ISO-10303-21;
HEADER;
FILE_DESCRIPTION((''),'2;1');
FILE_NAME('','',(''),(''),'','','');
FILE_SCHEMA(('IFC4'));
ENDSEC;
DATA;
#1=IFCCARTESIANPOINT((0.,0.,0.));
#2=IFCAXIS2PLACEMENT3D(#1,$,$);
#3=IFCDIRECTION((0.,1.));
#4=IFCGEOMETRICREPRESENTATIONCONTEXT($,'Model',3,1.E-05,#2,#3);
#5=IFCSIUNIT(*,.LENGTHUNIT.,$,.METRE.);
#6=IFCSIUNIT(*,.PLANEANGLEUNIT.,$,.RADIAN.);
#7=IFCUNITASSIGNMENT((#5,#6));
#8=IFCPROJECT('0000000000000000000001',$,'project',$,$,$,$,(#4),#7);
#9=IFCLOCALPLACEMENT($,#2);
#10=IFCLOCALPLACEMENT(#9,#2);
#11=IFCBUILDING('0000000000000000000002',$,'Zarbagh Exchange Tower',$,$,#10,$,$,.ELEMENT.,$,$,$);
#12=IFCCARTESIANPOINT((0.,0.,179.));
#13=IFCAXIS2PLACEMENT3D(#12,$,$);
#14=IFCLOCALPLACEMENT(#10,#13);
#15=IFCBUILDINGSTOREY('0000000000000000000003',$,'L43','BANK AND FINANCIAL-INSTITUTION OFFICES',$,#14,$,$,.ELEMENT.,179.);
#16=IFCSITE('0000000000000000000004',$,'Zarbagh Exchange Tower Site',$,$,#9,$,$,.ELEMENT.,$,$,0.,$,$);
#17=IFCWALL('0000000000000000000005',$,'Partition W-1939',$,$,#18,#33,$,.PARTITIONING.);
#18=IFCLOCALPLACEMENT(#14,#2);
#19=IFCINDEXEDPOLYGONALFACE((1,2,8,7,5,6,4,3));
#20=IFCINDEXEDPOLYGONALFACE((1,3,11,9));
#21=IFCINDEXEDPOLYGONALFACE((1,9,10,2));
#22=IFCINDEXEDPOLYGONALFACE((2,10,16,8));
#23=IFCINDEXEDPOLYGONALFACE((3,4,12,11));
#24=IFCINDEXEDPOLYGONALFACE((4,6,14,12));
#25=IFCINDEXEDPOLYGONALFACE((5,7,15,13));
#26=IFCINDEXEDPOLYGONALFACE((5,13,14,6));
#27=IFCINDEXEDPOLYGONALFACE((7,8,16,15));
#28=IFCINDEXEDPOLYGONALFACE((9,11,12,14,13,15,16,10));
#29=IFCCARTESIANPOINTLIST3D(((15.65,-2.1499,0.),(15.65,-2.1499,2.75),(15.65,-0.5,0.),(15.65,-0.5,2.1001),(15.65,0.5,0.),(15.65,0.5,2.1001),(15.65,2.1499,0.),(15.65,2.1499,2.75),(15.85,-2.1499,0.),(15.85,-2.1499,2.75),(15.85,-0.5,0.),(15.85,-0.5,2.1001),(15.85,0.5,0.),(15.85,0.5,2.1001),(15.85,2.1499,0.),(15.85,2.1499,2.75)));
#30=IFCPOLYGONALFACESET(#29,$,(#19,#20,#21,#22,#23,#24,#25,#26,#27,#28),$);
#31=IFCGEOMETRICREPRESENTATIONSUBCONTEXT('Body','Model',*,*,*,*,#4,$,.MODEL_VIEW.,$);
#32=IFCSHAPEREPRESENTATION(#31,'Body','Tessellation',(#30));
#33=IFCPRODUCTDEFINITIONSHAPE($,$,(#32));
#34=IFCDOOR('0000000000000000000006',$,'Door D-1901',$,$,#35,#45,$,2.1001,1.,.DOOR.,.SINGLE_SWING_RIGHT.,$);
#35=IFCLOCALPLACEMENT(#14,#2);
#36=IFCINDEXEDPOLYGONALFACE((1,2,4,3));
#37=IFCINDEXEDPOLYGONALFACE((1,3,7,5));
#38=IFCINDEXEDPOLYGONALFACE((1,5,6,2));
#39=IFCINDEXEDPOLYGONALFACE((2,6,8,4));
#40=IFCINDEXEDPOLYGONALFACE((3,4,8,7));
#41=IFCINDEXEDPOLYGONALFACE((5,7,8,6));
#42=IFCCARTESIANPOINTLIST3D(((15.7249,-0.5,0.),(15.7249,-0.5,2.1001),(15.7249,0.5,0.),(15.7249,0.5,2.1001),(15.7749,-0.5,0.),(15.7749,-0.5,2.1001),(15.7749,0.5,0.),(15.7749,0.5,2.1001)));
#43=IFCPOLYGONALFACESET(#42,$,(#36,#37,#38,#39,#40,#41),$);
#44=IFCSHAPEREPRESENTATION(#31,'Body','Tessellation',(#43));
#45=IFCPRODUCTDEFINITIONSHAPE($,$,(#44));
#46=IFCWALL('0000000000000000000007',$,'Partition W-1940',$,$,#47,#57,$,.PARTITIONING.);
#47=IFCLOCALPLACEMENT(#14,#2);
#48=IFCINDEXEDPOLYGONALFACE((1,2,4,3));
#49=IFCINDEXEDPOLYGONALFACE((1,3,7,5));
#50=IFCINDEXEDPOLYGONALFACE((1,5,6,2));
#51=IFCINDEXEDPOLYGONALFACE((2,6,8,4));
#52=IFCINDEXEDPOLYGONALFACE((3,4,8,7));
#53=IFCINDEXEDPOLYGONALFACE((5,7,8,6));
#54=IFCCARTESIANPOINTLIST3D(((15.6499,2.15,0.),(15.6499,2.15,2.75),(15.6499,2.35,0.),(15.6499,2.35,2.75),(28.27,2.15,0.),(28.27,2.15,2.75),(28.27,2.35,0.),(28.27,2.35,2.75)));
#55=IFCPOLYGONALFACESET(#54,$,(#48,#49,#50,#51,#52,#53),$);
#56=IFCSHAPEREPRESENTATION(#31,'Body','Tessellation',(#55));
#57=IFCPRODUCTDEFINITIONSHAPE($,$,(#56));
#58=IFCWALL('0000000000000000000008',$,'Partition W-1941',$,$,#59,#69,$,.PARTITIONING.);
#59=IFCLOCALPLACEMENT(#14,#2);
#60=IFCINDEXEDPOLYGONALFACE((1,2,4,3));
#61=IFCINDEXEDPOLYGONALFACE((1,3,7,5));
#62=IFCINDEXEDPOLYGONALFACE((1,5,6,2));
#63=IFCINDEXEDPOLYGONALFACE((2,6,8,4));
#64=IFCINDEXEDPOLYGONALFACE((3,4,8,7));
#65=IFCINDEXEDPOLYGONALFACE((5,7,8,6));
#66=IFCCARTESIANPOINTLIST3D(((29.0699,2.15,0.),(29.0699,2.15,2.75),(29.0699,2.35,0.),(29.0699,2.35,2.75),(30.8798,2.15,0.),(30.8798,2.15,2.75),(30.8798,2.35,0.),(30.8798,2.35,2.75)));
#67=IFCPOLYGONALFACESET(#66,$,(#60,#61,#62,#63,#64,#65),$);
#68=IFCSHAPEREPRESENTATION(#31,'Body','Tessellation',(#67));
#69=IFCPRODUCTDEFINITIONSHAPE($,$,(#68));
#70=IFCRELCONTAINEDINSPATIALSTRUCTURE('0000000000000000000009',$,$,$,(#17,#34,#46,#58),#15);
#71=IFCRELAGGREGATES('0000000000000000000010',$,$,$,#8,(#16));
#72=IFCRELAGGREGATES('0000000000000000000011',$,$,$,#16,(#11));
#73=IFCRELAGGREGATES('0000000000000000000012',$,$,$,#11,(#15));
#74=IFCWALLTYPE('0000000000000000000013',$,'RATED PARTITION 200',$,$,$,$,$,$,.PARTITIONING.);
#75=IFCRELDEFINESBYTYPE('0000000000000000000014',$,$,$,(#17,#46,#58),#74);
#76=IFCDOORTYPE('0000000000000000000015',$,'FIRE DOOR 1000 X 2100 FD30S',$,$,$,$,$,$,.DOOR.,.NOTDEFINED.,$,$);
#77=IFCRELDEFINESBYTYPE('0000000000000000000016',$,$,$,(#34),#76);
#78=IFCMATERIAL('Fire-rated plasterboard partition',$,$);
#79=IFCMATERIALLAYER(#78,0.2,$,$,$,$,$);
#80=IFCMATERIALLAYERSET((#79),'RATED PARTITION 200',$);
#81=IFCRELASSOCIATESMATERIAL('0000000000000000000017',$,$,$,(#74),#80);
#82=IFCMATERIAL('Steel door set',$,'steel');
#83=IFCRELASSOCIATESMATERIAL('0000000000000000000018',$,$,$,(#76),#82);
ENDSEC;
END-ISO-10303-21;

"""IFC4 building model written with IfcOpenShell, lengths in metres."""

from ifc_helpers import new_model, si_unit, direction, frame, frame_2d, origin, place, context, subcontext, project, spatial, rectangle, extrude, material, layer, layer_set, type_object, element, fill, save


model = new_model("IFC4")

# Units and contexts
model_context = context("Model", 3, precision=1e-05, world=origin(), true_north=direction((0.0, 1.0)))
body_context = subcontext(model_context, "Body", "Model", "MODEL_VIEW")
ifc_project = project(units=[si_unit("LENGTHUNIT", "METRE"), si_unit("PLANEANGLEUNIT", "RADIAN")], contexts=[model_context])

# Site, building, storey
site_placement = place(None, origin())
site = spatial("IfcSite", under=ifc_project, at=site_placement, Name="Zarbagh Exchange Tower Site", CompositionType="ELEMENT", RefElevation=0.0)
building_placement = place(site_placement, origin())
building = spatial("IfcBuilding", under=site, at=building_placement, Name="Zarbagh Exchange Tower", CompositionType="ELEMENT")
storey_placement = place(building_placement, frame((0.0, 0.0, 179.0)))
storey = spatial("IfcBuildingStorey", under=building, at=storey_placement, Name="L43", Description="BANK AND FINANCIAL-INSTITUTION OFFICES", CompositionType="ELEMENT", Elevation=179.0)

# Shared definitions
ifc_material_1 = material(Name="Fire-rated plasterboard partition")
ifc_layer = layer(ifc_material_1, 0.2)
ifc_layer_set = layer_set([ifc_layer], Name="RATED PARTITION 200")
wall_type = type_object("IfcWallType", Name="RATED PARTITION 200", PredefinedType="PARTITIONING", material=ifc_layer_set)
ifc_material_2 = material(Name="Steel door set", Category="steel")
door_type_1 = type_object("IfcDoorType", Name="FIRE DOOR 1000 X 2100 FD30S", OperationType="NOTDEFINED", PredefinedType="DOOR", material=ifc_material_2)

# Wall, opening, door
wall_1_placement = place(storey_placement, frame((15.75, 2.1499, 0.0), z_axis=(0.0, 0.0, 1.0), x_axis=(0.0, -1.0, 0.0)))
wall_1 = element("IfcWall", 1, at=wall_1_placement, inside=storey, type_object=wall_type, Name="Partition W-1939", PredefinedType="PARTITIONING", context=body_context, shape_type="SweptSolid", body=[
    extrude(rectangle(XDim=4.2998, YDim=0.2, at=frame_2d((2.1499, 0.0))), origin(), (0.0, 0.0, 1.0), 2.75),
])
opening_1_placement = place(wall_1_placement, frame((1.6499, 0.0, 0.0)))
opening_1 = element("IfcOpeningElement", 2, at=opening_1_placement, cuts=wall_1, PredefinedType="OPENING", context=body_context, shape_type="SweptSolid", body=[
    extrude(rectangle(XDim=1.0, YDim=2.1001, at=frame_2d((0.5, 1.05))), frame((0.0, 0.1099, 0.0), z_axis=(0.0, -1.0, 0.0), x_axis=(1.0, 0.0, 0.0)), (0.0, 0.0, 1.0), 0.22),
])
door_1_placement = place(opening_1_placement, origin())
door_1 = element("IfcDoor", 3, at=door_1_placement, inside=storey, type_object=door_type_1, Name="Door D-1901", OperationType="SINGLE_SWING_RIGHT", OverallHeight=2.1001, OverallWidth=1.0, PredefinedType="DOOR", context=body_context, shape_type="SweptSolid", body=[
    extrude(rectangle(XDim=1.0, YDim=2.1001, at=frame_2d((0.5, 1.05))), frame((0.0, 0.0249, 0.0), z_axis=(0.0, -1.0, 0.0), x_axis=(1.0, 0.0, 0.0)), (0.0, 0.0, 1.0), 0.05),
])
fill(opening_1, door_1)

# Walls
wall_2_placement = place(storey_placement, frame((15.6499, 2.25, 0.0), z_axis=(0.0, 0.0, 1.0), x_axis=(1.0, 0.0, 0.0)))
element("IfcWall", 4, at=wall_2_placement, inside=storey, type_object=wall_type, Name="Partition W-1940", PredefinedType="PARTITIONING", context=body_context, shape_type="SweptSolid", body=[
    extrude(rectangle(XDim=12.6201, YDim=0.2, at=frame_2d((6.3101, 0.0))), origin(), (0.0, 0.0, 1.0), 2.75),
])
wall_3_placement = place(storey_placement, frame((29.0701, 2.25, 0.0), z_axis=(0.0, 0.0, 1.0), x_axis=(1.0, 0.0, 0.0)))
element("IfcWall", 5, at=wall_3_placement, inside=storey, type_object=wall_type, Name="Partition W-1941", PredefinedType="PARTITIONING", context=body_context, shape_type="SweptSolid", body=[
    extrude(rectangle(XDim=1.8098, YDim=0.2, at=frame_2d((0.9048, 0.0))), origin(), (0.0, 0.0, 1.0), 2.75),
])

save(model, "model.ifc")
